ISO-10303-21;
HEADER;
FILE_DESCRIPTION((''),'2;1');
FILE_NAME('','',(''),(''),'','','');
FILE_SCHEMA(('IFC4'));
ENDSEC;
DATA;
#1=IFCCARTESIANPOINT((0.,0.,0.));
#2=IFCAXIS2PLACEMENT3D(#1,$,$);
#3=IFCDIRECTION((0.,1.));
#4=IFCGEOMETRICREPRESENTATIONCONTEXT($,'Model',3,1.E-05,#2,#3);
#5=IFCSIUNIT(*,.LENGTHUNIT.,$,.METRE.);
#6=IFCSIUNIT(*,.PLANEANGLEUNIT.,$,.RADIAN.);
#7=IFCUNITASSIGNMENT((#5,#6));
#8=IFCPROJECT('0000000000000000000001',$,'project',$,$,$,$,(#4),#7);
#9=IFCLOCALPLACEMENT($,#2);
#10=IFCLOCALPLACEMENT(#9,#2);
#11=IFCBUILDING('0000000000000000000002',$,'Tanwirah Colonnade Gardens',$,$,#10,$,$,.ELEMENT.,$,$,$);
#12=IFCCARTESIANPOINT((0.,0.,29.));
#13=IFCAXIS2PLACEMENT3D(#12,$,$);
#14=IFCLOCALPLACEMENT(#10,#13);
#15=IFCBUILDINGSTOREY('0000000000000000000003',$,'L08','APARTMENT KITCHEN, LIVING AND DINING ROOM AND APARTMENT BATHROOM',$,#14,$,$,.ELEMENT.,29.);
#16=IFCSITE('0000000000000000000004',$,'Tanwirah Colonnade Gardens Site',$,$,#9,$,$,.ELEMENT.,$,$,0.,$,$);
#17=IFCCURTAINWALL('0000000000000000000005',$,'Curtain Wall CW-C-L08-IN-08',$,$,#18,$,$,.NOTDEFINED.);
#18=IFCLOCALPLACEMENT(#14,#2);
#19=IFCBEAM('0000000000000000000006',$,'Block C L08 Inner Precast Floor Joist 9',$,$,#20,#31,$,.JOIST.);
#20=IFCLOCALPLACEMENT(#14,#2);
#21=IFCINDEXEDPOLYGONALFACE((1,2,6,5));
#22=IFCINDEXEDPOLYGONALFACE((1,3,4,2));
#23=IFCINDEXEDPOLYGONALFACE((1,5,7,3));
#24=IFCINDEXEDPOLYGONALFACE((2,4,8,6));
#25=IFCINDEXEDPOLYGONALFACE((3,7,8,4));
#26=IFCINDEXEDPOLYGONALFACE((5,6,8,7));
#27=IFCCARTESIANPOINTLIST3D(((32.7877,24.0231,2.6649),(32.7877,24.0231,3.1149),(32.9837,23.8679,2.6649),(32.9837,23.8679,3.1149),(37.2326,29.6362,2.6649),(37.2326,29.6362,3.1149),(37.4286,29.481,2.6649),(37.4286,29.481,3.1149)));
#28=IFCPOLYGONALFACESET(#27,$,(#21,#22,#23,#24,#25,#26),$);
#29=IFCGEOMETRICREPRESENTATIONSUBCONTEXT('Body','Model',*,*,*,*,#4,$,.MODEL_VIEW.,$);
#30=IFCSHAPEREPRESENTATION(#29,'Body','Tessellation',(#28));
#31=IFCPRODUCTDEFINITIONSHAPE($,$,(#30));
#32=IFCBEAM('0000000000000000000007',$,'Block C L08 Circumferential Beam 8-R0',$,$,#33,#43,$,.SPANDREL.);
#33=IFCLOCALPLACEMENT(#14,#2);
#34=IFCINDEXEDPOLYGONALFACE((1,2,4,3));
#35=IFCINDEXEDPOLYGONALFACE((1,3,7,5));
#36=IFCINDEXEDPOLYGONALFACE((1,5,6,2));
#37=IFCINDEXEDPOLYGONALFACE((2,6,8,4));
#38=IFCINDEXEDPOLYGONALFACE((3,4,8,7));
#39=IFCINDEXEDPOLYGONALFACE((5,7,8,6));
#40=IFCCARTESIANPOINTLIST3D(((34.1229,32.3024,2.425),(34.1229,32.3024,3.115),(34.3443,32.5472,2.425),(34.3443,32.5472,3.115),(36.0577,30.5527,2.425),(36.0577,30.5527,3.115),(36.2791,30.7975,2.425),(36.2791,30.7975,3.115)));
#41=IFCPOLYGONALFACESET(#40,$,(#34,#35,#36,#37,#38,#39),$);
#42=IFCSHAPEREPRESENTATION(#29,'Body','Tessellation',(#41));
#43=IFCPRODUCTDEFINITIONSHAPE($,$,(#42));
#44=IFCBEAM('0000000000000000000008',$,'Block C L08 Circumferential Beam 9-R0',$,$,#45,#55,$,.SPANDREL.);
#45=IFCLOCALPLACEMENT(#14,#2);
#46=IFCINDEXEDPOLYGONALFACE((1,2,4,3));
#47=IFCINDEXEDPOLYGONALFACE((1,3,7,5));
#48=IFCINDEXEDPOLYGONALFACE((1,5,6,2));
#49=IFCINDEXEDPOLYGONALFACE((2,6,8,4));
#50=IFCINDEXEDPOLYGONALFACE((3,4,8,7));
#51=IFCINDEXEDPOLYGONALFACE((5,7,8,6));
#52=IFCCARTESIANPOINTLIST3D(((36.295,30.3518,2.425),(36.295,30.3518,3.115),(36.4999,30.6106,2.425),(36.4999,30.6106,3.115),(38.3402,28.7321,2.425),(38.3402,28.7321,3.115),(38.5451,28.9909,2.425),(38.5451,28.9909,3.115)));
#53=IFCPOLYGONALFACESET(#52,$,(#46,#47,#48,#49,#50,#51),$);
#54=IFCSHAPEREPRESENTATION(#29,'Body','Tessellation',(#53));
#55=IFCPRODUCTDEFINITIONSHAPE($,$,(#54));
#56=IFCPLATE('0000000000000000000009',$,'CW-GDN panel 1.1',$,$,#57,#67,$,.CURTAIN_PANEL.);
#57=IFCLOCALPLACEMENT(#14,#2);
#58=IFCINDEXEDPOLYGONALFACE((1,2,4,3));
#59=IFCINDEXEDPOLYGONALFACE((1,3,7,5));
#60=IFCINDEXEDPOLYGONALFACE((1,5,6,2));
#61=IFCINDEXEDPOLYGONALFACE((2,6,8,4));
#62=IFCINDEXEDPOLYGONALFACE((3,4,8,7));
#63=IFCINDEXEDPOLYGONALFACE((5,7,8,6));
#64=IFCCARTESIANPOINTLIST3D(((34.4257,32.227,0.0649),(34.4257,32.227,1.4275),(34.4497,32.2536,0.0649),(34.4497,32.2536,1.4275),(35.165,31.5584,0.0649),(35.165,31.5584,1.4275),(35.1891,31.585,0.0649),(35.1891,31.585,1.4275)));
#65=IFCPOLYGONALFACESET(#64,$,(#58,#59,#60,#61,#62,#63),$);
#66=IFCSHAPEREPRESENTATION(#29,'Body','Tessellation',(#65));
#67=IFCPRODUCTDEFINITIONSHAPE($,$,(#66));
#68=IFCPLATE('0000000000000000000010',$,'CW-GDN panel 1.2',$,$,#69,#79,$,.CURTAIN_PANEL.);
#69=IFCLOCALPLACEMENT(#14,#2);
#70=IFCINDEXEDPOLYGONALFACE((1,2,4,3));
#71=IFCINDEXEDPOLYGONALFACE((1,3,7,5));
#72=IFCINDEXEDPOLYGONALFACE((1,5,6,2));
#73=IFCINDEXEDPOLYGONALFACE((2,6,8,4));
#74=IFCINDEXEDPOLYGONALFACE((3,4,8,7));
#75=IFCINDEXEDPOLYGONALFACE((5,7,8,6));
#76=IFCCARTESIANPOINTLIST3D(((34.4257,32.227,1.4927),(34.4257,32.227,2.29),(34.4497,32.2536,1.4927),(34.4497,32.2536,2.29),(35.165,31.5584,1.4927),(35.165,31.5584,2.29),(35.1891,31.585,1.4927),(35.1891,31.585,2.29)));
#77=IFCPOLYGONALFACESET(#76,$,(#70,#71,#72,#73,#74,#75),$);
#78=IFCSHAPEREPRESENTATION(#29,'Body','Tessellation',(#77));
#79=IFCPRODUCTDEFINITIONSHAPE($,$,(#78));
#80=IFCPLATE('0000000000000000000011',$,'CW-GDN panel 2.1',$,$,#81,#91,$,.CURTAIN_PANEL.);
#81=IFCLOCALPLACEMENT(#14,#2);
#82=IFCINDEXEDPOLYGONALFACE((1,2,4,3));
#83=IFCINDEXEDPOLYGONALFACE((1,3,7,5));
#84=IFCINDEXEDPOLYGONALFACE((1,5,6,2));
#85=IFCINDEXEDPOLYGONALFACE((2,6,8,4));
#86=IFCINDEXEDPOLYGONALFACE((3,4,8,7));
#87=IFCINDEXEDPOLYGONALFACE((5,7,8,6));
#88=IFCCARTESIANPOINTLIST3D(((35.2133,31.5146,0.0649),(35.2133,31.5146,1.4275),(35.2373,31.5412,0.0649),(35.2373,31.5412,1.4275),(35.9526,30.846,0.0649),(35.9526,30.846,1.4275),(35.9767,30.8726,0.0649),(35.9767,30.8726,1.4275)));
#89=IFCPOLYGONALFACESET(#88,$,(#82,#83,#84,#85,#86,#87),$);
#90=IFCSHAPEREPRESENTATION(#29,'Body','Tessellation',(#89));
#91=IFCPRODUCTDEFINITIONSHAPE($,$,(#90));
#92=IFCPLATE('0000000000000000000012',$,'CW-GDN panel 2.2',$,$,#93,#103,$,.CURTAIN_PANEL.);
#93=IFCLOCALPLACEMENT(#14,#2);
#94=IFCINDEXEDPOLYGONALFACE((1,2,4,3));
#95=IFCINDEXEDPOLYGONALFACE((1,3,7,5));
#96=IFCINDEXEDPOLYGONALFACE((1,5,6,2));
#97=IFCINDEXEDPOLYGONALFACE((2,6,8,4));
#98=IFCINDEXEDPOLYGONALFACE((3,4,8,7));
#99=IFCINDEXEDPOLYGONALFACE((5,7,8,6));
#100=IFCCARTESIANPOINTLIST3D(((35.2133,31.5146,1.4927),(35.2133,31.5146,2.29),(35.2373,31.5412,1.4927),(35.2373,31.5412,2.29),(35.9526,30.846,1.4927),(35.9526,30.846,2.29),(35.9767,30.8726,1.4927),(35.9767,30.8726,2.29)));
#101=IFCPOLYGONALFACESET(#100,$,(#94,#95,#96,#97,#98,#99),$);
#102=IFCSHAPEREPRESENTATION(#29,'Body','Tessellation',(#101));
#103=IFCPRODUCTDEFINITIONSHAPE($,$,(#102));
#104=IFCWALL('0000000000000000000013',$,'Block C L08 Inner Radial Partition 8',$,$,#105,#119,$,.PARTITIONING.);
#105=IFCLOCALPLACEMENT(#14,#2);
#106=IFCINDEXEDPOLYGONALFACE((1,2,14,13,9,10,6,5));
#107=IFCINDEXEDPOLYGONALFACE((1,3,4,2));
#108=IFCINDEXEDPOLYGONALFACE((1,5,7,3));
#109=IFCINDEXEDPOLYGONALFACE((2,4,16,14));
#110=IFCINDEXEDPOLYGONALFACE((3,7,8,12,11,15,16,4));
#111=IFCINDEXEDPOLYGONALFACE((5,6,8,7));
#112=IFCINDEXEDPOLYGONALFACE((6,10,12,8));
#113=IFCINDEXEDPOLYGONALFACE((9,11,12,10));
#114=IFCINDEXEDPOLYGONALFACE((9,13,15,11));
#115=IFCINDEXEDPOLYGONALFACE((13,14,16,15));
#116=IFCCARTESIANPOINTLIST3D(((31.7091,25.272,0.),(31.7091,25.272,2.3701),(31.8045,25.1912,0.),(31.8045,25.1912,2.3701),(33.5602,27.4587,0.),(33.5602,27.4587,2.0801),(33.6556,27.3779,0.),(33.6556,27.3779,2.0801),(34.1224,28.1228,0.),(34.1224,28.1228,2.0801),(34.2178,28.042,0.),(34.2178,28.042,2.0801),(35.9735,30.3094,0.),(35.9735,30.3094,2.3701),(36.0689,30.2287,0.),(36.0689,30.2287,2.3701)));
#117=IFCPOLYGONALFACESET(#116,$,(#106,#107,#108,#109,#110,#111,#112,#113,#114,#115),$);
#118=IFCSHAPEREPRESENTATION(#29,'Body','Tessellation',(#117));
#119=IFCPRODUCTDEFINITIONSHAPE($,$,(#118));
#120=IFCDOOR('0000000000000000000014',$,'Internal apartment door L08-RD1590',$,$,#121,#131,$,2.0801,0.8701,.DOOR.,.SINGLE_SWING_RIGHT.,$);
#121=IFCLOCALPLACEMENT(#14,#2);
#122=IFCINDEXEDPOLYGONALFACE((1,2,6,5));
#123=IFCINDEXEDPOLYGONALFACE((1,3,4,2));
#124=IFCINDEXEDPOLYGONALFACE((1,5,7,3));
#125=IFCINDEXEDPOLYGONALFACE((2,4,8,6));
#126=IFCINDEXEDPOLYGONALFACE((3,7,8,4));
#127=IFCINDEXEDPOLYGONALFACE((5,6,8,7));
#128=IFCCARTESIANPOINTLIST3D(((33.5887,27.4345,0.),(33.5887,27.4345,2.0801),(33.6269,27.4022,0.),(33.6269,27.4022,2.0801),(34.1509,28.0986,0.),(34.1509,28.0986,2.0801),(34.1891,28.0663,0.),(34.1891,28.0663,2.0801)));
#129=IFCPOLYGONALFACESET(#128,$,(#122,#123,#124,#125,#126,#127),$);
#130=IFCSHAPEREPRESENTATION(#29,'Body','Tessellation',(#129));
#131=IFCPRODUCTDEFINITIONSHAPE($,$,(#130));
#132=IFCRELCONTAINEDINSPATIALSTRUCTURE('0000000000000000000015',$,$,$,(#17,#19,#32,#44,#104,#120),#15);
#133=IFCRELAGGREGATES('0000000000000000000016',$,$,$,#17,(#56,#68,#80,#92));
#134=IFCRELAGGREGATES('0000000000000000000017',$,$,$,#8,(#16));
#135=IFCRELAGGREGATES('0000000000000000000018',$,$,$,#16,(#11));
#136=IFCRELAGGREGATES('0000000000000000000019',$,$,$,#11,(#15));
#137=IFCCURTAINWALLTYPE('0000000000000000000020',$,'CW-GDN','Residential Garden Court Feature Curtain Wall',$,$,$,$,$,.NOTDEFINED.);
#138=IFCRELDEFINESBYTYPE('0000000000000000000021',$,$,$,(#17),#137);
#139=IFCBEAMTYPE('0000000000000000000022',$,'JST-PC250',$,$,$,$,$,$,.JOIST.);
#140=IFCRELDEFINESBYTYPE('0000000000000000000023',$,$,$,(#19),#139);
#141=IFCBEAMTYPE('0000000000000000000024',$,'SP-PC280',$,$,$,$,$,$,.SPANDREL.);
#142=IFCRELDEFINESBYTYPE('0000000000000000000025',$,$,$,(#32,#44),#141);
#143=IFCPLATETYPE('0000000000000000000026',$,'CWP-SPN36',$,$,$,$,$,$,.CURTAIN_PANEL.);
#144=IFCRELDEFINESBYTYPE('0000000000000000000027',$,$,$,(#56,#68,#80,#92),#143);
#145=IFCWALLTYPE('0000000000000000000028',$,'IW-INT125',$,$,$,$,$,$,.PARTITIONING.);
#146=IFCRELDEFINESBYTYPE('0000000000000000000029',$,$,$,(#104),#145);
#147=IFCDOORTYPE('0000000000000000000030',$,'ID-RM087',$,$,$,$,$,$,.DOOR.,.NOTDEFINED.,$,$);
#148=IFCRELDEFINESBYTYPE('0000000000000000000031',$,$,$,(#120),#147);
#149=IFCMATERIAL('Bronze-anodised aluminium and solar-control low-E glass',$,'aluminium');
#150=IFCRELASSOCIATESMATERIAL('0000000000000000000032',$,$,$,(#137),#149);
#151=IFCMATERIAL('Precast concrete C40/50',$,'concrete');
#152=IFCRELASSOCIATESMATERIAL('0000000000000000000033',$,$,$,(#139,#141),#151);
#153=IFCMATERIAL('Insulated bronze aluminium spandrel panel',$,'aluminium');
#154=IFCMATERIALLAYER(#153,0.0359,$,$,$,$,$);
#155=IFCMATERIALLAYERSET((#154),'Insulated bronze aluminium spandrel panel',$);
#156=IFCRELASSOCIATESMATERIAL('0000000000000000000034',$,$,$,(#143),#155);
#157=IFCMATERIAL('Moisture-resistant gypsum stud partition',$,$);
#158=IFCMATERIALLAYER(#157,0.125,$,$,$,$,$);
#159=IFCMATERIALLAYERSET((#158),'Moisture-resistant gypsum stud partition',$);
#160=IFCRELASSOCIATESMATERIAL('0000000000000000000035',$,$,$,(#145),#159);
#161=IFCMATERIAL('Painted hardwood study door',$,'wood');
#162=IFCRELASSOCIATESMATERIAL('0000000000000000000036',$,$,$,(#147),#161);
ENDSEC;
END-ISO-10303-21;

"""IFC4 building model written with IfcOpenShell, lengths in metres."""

from ifc_helpers import new_model, si_unit, direction, frame, frame_2d, origin, origin_2d, place, context, subcontext, project, spatial, rectangle, extrude, material, layer, layer_set, material_profile, profile_set, type_object, element, fill, aggregate, save


model = new_model("IFC4")

# Units and contexts
model_context = context("Model", 3, precision=1e-05, world=origin(), true_north=direction((0.0, 1.0)))
body_context = subcontext(model_context, "Body", "Model", "MODEL_VIEW")
ifc_project = project(units=[si_unit("LENGTHUNIT", "METRE"), si_unit("PLANEANGLEUNIT", "RADIAN")], contexts=[model_context])

# Site, building, storey
site_placement = place(None, origin())
site = spatial("IfcSite", under=ifc_project, at=site_placement, Name="Tanwirah Colonnade Gardens Site", CompositionType="ELEMENT", RefElevation=0.0)
building_placement = place(site_placement, origin())
building = spatial("IfcBuilding", under=site, at=building_placement, Name="Tanwirah Colonnade Gardens", CompositionType="ELEMENT")
storey_placement = place(building_placement, frame((0.0, 0.0, 29.0)))
storey = spatial("IfcBuildingStorey", under=building, at=storey_placement, Name="L08", Description="APARTMENT KITCHEN, LIVING AND DINING ROOM AND APARTMENT BATHROOM", CompositionType="ELEMENT", Elevation=29.0)

# Shared definitions
ifc_material_1 = material(Name="Precast concrete C40/50", Category="concrete")

# Curtain wall
ifc_material_2 = material(Name="Bronze-anodised aluminium and solar-control low-E glass", Category="aluminium")
curtain_wall_type = type_object("IfcCurtainWallType", Name="CW-GDN", Description="Residential Garden Court Feature Curtain Wall", PredefinedType="NOTDEFINED", material=ifc_material_2)
curtain_wall_placement = place(storey_placement, origin())
curtain_wall = element("IfcCurtainWall", 1, at=curtain_wall_placement, inside=storey, type_object=curtain_wall_type, Name="Curtain Wall CW-C-L08-IN-08", PredefinedType="NOTDEFINED")

# Beams
ifc_material_profile_1 = material_profile(ifc_material_1, rectangle(XDim=0.25, YDim=0.45, at=origin_2d()), Name="PC-JST 250x450")
ifc_profile_set_1 = profile_set([ifc_material_profile_1], Name="Precast concrete C40/50")
beam_type_1 = type_object("IfcBeamType", Name="JST-PC250", PredefinedType="JOIST", material=ifc_profile_set_1)
for number, where, z_axis, x_axis, name in (
    (2, (37.3306, 29.5586, 2.8899), (-0.620803, -0.783966, 0.0), (0.783966, -0.620803, 0.0), "Block C L08 Inner Precast Floor Joist 9"),
):
    element("IfcBeam", number, at=place(storey_placement, frame(where, z_axis=z_axis, x_axis=x_axis)), inside=storey, type_object=beam_type_1, Name=name, PredefinedType="JOIST", context=body_context, shape_type="SweptSolid", body=[
        extrude(rectangle(XDim=0.25, YDim=0.45, at=origin_2d()), origin(), (0.0, 0.0, 1.0), 7.1599),
    ])
ifc_material_profile_2 = material_profile(ifc_material_1, rectangle(XDim=0.3301, YDim=0.6899, at=origin_2d()), Name="PC-SP 330x690")
ifc_profile_set_2 = profile_set([ifc_material_profile_2], Name="Precast concrete C40/50")
beam_type_2 = type_object("IfcBeamType", Name="SP-PC280", PredefinedType="SPANDREL", material=ifc_profile_set_2)
beam_1_placement = place(storey_placement, frame((34.2336, 32.4248, 2.77), z_axis=(0.741687, -0.670747, 0.0), x_axis=(0.670747, 0.741687, 0.0)))
element("IfcBeam", 3, at=beam_1_placement, inside=storey, type_object=beam_type_2, Name="Block C L08 Circumferential Beam 8-R0", PredefinedType="SPANDREL", context=body_context, shape_type="SweptSolid", body=[
    extrude(rectangle(XDim=0.3301, YDim=0.6899, at=origin_2d()), origin(), (0.0, 0.0, 1.0), 2.6086),
])
beam_2_placement = place(storey_placement, frame((36.3975, 30.4812, 2.77), z_axis=(0.783945, -0.62083, 0.0), x_axis=(0.62083, 0.783945, 0.0)))
element("IfcBeam", 4, at=beam_2_placement, inside=storey, type_object=beam_type_2, Name="Block C L08 Circumferential Beam 9-R0", PredefinedType="SPANDREL", context=body_context, shape_type="SweptSolid", body=[
    extrude(rectangle(XDim=0.3301, YDim=0.6899, at=origin_2d()), origin(), (0.0, 0.0, 1.0), 2.6089),
])

# Plates
ifc_material_3 = material(Name="Insulated bronze aluminium spandrel panel", Category="aluminium")
ifc_layer_1 = layer(ifc_material_3, 0.0359)
ifc_layer_set_1 = layer_set([ifc_layer_1], Name="Insulated bronze aluminium spandrel panel")
plate_type = type_object("IfcPlateType", Name="CWP-SPN36", PredefinedType="CURTAIN_PANEL", material=ifc_layer_set_1)
plate_1_placement = place(storey_placement, frame((34.8074, 31.906, 0.0649), z_axis=(0.0, 0.0, 1.0), x_axis=(0.741683, -0.670751, 0.0)))
plate_1 = element("IfcPlate", 5, at=plate_1_placement, type_object=plate_type, Name="CW-GDN panel 1.1", PredefinedType="CURTAIN_PANEL", context=body_context, shape_type="SweptSolid", body=[
    extrude(rectangle(XDim=0.9968, YDim=0.0359, at=origin_2d()), origin(), (0.0, 0.0, 1.0), 1.3625),
])
plate_2_placement = place(storey_placement, frame((34.8074, 31.906, 1.4927), z_axis=(0.0, 0.0, 1.0), x_axis=(0.741683, -0.670751, 0.0)))
plate_2 = element("IfcPlate", 6, at=plate_2_placement, type_object=plate_type, Name="CW-GDN panel 1.2", PredefinedType="CURTAIN_PANEL", context=body_context, shape_type="SweptSolid", body=[
    extrude(rectangle(XDim=0.9968, YDim=0.0359, at=origin_2d()), origin(), (0.0, 0.0, 1.0), 0.7974),
])
plate_3_placement = place(storey_placement, frame((35.595, 31.1936, 0.0649), z_axis=(0.0, 0.0, 1.0), x_axis=(0.741683, -0.670751, 0.0)))
plate_3 = element("IfcPlate", 7, at=plate_3_placement, type_object=plate_type, Name="CW-GDN panel 2.1", PredefinedType="CURTAIN_PANEL", context=body_context, shape_type="SweptSolid", body=[
    extrude(rectangle(XDim=0.9968, YDim=0.0359, at=origin_2d()), origin(), (0.0, 0.0, 1.0), 1.3625),
])
plate_4_placement = place(storey_placement, frame((35.595, 31.1936, 1.4927), z_axis=(0.0, 0.0, 1.0), x_axis=(0.741683, -0.670751, 0.0)))
plate_4 = element("IfcPlate", 8, at=plate_4_placement, type_object=plate_type, Name="CW-GDN panel 2.2", PredefinedType="CURTAIN_PANEL", context=body_context, shape_type="SweptSolid", body=[
    extrude(rectangle(XDim=0.9968, YDim=0.0359, at=origin_2d()), origin(), (0.0, 0.0, 1.0), 0.7974),
])
aggregate(curtain_wall, [plate_1, plate_2, plate_3, plate_4])

# Wall, opening, door
ifc_material_4 = material(Name="Moisture-resistant gypsum stud partition")
ifc_layer_2 = layer(ifc_material_4, 0.125)
ifc_layer_set_2 = layer_set([ifc_layer_2], Name="Moisture-resistant gypsum stud partition")
wall_type = type_object("IfcWallType", Name="IW-INT125", PredefinedType="PARTITIONING", material=ifc_layer_set_2)
wall_placement = place(storey_placement, frame((36.0212, 30.269, 0.0), z_axis=(0.0, 0.0, 1.0), x_axis=(-0.646121, -0.763235, 0.0)))
wall = element("IfcWall", 9, at=wall_placement, inside=storey, type_object=wall_type, Name="Block C L08 Inner Radial Partition 8", PredefinedType="PARTITIONING", context=body_context, shape_type="SweptSolid", body=[
    extrude(rectangle(XDim=6.6001, YDim=0.125, at=frame_2d((3.3, 0.0))), origin(), (0.0, 0.0, 1.0), 2.3701),
])
opening_placement = place(wall_placement, frame((2.865, 0.0, 0.0)))
opening = element("IfcOpeningElement", 10, at=opening_placement, cuts=wall, PredefinedType="OPENING", context=body_context, shape_type="SweptSolid", body=[
    extrude(rectangle(XDim=0.8701, YDim=2.0801, at=frame_2d((0.4351, 1.04))), frame((0.0, 0.0725, 0.0), z_axis=(0.0, -1.0, 0.0), x_axis=(1.0, 0.0, 0.0)), (0.0, 0.0, 1.0), 0.145),
])
ifc_material_5 = material(Name="Painted hardwood study door", Category="wood")
door_type = type_object("IfcDoorType", Name="ID-RM087", OperationType="NOTDEFINED", PredefinedType="DOOR", material=ifc_material_5)
door_placement = place(opening_placement, origin())
door = element("IfcDoor", 11, at=door_placement, inside=storey, type_object=door_type, Name="Internal apartment door L08-RD1590", OperationType="SINGLE_SWING_RIGHT", OverallHeight=2.0801, OverallWidth=0.8701, PredefinedType="DOOR", context=body_context, shape_type="SweptSolid", body=[
    extrude(rectangle(XDim=0.8701, YDim=2.0801, at=frame_2d((0.4351, 1.04))), frame((0.0, 0.0249, 0.0), z_axis=(0.0, -1.0, 0.0), x_axis=(1.0, 0.0, 0.0)), (0.0, 0.0, 1.0), 0.05),
])
fill(opening, door)

save(model, "model.ifc")
